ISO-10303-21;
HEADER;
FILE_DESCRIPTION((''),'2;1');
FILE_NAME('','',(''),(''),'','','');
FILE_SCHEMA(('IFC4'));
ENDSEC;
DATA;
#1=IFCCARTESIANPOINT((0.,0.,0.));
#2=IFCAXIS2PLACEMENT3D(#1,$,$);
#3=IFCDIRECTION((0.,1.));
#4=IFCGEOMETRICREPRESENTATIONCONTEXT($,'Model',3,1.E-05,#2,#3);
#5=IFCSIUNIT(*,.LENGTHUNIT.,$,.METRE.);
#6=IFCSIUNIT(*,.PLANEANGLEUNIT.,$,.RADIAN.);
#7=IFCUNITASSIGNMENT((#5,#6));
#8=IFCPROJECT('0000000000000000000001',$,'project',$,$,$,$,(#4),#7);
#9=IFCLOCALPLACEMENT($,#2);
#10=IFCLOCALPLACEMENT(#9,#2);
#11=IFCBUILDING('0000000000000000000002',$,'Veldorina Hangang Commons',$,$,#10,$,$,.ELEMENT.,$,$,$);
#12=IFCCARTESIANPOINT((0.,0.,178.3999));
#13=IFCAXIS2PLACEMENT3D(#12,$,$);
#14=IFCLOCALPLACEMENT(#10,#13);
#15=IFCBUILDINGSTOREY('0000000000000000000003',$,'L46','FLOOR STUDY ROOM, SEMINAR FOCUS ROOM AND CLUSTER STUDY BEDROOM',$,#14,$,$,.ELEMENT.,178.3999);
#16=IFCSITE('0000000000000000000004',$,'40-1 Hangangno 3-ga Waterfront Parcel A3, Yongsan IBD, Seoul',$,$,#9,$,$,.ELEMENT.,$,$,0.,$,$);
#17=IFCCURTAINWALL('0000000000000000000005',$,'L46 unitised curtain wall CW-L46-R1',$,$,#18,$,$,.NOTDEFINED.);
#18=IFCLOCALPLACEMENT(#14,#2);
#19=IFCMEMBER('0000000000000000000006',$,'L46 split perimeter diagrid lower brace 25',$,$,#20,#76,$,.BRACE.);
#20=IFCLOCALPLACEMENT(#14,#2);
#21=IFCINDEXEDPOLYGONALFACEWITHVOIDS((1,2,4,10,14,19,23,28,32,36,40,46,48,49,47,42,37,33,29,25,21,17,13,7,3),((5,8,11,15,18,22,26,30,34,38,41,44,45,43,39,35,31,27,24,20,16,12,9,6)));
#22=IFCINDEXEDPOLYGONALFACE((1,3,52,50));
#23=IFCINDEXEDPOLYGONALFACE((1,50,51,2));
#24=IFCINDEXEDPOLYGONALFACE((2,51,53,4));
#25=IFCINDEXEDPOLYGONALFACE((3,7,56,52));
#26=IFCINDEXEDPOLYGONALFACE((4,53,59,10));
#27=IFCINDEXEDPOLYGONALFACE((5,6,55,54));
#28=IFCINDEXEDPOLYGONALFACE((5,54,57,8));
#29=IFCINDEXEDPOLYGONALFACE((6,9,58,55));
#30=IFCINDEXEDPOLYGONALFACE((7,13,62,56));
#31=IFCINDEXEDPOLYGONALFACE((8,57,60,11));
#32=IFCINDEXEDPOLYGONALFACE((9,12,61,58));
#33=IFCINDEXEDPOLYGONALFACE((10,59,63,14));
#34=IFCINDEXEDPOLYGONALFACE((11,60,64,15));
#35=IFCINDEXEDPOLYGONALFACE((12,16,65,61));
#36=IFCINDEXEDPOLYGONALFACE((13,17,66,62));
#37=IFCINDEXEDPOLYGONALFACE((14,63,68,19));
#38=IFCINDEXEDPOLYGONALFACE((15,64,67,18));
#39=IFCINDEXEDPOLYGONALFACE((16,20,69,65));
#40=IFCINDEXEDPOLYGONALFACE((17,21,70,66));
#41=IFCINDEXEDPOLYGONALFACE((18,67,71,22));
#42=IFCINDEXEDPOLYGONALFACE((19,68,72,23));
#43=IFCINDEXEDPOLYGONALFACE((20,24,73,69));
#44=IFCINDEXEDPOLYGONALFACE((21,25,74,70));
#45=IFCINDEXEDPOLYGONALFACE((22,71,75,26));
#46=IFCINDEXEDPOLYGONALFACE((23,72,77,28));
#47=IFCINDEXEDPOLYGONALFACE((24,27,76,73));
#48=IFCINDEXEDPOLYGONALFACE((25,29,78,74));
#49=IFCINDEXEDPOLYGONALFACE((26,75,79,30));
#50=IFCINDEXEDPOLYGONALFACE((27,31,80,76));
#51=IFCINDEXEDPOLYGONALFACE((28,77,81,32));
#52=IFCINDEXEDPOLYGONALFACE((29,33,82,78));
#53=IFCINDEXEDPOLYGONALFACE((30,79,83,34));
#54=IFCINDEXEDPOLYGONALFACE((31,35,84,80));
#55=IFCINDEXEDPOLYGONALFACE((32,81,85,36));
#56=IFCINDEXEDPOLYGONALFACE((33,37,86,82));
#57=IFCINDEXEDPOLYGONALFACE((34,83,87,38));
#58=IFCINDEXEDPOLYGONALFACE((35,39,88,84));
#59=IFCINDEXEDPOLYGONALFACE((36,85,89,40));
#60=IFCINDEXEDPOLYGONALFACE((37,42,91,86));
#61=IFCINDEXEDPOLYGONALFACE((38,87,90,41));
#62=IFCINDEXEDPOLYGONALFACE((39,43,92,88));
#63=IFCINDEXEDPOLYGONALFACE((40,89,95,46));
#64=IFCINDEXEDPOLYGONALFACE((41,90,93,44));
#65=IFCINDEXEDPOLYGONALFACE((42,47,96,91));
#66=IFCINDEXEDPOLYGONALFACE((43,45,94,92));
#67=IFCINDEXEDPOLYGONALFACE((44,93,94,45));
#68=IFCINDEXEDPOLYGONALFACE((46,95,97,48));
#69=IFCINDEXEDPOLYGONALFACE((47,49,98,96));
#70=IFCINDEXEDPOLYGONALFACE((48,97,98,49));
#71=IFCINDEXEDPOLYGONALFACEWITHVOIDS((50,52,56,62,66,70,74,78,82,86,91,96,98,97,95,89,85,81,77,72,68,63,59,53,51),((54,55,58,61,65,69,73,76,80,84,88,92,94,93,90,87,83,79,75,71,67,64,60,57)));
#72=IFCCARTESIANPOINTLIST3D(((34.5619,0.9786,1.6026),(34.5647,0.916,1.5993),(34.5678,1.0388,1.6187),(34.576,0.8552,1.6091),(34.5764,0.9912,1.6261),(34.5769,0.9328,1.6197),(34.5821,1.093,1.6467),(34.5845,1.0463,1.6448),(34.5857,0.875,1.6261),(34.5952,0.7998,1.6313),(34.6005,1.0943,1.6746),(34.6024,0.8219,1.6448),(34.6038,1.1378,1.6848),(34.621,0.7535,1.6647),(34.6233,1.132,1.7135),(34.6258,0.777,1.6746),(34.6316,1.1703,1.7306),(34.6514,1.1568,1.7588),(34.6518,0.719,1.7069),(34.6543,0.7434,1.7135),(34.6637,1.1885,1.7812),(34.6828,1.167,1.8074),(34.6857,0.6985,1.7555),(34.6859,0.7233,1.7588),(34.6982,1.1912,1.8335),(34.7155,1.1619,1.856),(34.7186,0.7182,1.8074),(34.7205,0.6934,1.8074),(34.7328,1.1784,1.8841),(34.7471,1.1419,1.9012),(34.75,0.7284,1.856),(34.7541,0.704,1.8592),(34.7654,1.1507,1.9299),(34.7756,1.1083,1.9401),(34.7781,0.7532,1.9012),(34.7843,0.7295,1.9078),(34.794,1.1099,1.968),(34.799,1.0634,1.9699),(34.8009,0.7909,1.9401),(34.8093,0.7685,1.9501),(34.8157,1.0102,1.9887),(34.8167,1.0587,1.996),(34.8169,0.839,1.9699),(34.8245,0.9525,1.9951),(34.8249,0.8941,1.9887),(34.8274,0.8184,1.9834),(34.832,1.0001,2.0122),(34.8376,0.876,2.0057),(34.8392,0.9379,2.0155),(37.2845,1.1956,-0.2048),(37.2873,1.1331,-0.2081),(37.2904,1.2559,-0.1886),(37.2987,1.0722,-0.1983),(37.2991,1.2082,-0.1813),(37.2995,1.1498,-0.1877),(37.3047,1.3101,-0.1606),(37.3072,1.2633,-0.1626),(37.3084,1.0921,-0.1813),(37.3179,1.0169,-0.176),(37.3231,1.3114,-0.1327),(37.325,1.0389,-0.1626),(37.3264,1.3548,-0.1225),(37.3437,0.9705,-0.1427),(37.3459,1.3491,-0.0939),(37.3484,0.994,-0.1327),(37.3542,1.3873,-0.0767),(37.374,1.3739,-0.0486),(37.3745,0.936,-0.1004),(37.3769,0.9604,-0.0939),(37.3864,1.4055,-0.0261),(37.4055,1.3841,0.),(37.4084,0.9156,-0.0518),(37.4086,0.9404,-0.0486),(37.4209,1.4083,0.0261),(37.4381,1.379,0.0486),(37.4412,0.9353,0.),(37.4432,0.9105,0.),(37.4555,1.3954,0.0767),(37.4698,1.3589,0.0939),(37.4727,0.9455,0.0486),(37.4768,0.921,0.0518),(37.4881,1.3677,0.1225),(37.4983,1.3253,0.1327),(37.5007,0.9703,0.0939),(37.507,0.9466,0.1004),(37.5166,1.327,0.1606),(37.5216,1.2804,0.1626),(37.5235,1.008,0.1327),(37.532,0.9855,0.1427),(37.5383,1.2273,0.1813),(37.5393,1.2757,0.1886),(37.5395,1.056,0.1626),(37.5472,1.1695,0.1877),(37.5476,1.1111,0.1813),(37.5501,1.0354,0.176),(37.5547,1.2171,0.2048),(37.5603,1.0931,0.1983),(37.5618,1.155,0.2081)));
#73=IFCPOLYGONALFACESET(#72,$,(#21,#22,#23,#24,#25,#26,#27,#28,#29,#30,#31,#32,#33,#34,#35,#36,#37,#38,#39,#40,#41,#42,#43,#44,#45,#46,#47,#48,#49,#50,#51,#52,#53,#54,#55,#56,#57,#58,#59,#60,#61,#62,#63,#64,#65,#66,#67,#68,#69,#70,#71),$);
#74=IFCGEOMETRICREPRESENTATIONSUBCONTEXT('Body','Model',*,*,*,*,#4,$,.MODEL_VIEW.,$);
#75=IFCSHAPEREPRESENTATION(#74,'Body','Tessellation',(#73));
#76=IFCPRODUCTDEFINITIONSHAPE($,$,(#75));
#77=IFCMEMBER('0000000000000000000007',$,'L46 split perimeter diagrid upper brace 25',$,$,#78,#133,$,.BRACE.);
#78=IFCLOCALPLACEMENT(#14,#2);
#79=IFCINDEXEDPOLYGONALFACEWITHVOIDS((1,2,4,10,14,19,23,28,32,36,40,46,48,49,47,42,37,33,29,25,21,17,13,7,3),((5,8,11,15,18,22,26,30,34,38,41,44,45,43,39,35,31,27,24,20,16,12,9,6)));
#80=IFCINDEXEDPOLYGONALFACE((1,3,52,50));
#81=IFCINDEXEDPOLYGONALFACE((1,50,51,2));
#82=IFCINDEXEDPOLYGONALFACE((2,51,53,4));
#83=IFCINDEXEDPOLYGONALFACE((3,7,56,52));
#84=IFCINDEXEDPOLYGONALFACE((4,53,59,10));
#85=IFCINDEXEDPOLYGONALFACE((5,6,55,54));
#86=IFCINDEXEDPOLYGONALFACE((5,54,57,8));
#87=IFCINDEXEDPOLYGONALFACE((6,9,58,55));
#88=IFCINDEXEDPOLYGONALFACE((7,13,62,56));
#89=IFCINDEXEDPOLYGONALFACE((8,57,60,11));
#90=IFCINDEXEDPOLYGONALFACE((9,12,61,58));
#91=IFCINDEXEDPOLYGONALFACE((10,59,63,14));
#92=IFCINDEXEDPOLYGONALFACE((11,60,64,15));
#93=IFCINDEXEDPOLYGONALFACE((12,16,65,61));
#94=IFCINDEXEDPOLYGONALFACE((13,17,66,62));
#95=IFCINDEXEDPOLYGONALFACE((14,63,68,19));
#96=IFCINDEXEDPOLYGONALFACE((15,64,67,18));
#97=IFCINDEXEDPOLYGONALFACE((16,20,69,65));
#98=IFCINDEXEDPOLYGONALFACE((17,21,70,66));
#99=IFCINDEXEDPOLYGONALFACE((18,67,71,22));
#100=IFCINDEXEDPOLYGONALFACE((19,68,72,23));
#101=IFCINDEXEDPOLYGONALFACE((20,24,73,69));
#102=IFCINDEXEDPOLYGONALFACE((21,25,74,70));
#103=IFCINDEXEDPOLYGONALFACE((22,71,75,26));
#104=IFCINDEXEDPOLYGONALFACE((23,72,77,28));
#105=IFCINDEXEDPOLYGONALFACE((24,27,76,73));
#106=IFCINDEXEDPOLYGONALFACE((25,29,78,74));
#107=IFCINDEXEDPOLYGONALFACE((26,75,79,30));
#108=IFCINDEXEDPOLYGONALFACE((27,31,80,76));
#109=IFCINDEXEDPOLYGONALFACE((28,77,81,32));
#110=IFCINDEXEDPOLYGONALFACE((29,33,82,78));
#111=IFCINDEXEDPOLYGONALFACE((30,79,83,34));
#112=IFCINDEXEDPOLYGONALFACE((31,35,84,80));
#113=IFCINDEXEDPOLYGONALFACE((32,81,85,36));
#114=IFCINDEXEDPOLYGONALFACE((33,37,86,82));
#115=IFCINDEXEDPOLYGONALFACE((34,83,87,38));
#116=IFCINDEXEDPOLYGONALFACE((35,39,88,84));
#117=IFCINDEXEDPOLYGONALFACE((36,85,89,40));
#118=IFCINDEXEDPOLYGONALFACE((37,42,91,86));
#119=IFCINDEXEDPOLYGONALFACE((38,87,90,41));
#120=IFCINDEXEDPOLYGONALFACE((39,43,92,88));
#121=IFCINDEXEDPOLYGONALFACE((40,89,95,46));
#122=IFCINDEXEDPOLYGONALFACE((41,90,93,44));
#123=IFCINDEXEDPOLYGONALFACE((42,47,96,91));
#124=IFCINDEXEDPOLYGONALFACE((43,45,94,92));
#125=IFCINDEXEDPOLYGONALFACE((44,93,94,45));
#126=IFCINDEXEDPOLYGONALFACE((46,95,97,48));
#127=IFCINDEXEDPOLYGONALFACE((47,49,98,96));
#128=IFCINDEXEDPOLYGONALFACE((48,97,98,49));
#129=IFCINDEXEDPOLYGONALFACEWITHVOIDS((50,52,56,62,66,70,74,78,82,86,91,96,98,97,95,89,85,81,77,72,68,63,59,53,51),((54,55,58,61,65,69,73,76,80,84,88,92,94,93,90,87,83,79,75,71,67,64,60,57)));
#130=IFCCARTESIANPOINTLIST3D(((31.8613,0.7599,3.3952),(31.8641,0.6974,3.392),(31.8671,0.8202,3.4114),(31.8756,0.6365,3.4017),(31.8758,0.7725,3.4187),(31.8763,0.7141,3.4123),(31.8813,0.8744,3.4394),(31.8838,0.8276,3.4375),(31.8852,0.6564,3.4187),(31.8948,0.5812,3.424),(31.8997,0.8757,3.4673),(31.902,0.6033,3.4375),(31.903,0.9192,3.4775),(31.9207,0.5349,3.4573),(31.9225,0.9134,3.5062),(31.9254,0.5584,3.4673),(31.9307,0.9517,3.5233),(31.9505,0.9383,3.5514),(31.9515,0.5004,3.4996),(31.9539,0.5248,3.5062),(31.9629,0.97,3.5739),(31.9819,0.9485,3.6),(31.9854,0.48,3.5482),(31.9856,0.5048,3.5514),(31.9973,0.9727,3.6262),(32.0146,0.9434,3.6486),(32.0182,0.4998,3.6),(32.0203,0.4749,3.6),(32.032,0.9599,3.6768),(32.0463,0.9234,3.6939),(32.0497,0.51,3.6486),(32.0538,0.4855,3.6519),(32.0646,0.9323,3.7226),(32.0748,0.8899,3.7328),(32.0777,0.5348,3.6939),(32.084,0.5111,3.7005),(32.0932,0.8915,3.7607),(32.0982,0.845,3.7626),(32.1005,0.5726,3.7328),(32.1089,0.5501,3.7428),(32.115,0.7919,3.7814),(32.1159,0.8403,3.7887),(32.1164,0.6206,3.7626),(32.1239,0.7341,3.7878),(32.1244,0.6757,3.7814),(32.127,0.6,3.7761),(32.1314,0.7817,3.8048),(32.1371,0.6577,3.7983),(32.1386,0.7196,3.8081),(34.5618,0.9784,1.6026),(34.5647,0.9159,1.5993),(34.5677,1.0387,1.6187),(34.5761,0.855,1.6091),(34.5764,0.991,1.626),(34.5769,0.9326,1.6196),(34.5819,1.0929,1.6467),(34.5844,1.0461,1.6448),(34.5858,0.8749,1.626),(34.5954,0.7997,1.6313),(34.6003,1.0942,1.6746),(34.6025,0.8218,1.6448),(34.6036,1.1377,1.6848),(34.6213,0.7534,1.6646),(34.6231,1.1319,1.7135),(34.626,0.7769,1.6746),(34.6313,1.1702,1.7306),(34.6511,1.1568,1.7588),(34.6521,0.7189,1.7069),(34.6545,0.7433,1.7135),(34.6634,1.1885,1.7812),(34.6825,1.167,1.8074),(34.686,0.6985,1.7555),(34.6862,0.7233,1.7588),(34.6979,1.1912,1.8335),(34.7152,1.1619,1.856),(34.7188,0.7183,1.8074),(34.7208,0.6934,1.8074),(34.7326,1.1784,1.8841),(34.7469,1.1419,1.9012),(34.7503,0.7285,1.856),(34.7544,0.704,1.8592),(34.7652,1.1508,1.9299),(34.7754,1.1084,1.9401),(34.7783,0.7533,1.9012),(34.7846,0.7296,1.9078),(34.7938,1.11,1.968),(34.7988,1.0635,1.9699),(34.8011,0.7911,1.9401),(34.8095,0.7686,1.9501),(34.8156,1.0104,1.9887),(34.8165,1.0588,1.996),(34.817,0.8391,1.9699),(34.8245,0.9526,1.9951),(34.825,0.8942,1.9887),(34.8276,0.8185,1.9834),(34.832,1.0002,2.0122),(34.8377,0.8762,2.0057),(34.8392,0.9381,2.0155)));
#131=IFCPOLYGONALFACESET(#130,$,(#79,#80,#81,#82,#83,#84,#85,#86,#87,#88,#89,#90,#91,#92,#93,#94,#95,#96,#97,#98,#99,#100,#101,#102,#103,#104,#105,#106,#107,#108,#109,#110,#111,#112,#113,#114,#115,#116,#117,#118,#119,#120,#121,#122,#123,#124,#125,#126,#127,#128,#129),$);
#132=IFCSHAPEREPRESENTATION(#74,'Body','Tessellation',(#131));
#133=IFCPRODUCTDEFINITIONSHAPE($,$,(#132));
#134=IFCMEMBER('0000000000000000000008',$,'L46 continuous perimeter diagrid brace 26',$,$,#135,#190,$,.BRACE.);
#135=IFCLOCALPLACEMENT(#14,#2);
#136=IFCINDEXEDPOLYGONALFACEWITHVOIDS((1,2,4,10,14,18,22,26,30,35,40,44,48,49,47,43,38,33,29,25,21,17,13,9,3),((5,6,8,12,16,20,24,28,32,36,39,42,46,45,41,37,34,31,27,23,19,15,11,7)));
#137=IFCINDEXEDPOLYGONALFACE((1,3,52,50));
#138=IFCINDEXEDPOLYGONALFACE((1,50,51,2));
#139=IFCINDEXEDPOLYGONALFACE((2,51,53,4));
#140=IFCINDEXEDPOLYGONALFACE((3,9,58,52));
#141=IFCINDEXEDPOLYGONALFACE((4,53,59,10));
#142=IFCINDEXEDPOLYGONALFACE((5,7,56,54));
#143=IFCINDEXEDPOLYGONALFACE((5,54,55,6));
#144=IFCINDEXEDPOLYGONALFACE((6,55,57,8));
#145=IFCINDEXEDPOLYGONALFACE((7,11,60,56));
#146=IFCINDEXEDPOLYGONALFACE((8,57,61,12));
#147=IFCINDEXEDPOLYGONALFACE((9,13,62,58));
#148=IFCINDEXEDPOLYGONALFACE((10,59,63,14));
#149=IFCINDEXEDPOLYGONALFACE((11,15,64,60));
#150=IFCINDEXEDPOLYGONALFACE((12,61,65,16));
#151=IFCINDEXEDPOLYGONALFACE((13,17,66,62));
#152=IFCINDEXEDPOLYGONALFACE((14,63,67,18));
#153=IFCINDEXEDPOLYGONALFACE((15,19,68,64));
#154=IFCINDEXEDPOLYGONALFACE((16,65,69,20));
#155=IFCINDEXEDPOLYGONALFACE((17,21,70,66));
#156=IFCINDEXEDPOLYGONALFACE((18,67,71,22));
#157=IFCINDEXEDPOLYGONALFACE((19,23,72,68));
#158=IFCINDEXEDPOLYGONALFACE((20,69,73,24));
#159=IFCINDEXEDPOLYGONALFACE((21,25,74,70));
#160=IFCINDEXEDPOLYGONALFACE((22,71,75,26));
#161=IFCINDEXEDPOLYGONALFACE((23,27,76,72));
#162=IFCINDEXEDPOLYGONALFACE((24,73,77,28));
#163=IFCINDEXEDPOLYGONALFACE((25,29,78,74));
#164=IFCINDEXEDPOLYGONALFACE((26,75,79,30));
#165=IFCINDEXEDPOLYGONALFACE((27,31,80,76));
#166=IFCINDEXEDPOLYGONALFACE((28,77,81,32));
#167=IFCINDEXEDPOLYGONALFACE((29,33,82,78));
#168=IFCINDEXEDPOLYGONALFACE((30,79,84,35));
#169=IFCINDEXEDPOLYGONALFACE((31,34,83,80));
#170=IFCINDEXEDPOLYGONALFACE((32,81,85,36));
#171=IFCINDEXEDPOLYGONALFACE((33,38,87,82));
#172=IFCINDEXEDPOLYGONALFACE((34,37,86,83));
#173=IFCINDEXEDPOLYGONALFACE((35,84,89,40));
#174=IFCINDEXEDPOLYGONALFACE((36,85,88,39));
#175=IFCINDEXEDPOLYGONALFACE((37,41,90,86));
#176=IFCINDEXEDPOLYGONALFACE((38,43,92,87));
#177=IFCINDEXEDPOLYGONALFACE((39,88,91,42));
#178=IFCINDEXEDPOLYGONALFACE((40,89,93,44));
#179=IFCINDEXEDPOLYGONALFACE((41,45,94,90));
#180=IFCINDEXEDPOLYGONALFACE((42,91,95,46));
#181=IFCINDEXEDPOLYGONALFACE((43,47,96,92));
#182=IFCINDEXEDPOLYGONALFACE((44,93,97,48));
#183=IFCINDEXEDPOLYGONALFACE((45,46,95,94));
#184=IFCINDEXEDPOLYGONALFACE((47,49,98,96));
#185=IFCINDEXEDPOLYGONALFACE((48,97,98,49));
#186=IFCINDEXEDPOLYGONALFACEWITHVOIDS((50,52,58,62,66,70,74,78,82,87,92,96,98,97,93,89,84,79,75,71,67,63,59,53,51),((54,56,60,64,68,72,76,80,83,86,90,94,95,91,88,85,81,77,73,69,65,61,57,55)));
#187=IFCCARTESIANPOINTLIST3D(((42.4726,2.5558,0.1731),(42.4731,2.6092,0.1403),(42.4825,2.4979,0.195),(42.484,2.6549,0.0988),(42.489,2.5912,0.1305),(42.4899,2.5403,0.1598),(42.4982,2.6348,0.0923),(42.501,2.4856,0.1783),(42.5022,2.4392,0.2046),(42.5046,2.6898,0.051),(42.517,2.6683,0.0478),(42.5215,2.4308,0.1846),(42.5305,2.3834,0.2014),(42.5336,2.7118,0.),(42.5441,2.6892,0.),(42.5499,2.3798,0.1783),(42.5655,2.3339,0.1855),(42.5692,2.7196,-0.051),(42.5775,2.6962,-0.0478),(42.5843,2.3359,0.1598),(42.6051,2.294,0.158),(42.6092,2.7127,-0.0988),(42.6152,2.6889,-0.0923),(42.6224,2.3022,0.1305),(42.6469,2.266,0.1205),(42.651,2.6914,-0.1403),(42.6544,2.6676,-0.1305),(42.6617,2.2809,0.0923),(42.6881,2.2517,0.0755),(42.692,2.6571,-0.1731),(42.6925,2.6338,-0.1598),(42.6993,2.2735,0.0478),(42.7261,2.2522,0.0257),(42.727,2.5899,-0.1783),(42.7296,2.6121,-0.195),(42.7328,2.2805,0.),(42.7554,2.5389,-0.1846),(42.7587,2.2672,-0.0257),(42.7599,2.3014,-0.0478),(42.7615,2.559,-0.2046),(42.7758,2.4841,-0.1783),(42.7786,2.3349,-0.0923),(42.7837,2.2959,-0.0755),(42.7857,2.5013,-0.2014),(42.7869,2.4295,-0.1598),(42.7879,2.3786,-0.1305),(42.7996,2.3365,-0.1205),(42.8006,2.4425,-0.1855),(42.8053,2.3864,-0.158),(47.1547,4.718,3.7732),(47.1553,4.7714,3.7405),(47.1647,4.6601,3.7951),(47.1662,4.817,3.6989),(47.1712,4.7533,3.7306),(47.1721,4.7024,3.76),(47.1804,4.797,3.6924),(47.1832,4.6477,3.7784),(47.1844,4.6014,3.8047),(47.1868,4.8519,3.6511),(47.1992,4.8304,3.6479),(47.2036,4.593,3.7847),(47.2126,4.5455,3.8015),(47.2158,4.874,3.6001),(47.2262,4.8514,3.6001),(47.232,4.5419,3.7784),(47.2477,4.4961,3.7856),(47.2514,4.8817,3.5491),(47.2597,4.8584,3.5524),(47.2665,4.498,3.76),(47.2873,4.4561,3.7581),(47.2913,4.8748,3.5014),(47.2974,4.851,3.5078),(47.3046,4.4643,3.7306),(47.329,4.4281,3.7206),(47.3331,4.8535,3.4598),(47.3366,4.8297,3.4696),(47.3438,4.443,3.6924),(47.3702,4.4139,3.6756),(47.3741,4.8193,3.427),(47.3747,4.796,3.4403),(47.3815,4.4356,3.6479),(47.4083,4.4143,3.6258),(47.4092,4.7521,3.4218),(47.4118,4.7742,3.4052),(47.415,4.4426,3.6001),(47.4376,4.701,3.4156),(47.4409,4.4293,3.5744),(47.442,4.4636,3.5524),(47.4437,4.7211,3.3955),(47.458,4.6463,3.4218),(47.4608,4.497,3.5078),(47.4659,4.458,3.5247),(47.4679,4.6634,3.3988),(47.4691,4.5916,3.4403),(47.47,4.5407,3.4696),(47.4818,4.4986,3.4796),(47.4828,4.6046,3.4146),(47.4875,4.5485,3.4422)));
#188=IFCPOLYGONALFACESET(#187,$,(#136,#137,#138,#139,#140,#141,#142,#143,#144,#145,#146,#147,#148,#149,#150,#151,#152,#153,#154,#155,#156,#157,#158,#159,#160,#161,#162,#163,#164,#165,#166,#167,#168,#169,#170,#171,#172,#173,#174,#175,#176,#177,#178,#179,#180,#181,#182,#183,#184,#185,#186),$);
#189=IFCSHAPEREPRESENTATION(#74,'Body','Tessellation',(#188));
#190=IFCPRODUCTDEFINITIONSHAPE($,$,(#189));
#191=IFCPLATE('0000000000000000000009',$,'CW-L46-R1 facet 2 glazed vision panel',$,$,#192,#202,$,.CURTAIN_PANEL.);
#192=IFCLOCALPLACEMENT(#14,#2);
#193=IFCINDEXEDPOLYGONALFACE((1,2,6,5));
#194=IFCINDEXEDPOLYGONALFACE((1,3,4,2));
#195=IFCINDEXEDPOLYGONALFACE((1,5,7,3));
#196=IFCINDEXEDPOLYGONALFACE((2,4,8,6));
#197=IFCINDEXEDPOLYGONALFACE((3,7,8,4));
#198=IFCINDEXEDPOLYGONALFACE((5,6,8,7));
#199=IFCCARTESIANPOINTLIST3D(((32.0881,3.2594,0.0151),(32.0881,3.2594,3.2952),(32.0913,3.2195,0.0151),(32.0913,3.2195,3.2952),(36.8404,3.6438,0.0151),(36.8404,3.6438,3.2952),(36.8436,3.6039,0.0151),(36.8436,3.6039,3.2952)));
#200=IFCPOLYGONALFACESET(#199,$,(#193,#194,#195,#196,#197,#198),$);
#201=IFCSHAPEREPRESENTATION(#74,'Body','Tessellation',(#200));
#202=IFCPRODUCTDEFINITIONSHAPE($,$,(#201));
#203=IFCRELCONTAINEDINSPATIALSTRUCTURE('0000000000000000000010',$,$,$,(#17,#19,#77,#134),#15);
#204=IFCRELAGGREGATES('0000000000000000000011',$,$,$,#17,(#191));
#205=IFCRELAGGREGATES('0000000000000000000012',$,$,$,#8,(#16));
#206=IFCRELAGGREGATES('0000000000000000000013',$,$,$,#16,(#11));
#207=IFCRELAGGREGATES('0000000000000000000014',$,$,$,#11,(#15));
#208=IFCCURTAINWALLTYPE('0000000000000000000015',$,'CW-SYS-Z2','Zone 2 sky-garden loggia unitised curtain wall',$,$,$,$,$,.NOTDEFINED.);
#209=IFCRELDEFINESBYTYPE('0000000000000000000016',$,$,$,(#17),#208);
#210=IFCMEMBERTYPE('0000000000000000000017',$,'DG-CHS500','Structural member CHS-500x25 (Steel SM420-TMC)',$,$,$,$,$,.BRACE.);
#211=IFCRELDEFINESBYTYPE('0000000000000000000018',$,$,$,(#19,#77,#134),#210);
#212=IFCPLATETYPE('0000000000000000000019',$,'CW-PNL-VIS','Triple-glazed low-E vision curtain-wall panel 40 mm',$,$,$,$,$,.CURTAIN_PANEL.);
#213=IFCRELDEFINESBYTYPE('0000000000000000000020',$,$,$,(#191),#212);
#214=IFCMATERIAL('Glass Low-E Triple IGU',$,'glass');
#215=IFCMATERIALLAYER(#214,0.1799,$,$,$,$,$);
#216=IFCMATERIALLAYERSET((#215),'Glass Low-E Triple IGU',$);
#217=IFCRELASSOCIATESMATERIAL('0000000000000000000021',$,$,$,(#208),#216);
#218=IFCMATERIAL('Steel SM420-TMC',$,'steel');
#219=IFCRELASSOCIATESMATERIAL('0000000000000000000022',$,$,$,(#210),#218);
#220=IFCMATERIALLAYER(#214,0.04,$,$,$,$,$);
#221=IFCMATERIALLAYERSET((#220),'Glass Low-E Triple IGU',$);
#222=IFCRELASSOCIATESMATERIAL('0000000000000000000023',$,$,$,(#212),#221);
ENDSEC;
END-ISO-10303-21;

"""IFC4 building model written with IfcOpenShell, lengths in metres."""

from ifc_helpers import new_model, si_unit, direction, frame, origin, origin_2d, place, context, subcontext, project, spatial, rectangle, hollow_circle, extrude, material, layer, layer_set, material_profile, profile_set, type_object, element, aggregate, save


model = new_model("IFC4")

# Units and contexts
model_context = context("Model", 3, precision=1e-05, world=origin(), true_north=direction((0.0, 1.0)))
body_context = subcontext(model_context, "Body", "Model", "MODEL_VIEW")
ifc_project = project(units=[si_unit("LENGTHUNIT", "METRE"), si_unit("PLANEANGLEUNIT", "RADIAN")], contexts=[model_context])

# Site, building, storey
site_placement = place(None, origin())
site = spatial("IfcSite", under=ifc_project, at=site_placement, Name="40-1 Hangangno 3-ga Waterfront Parcel A3, Yongsan IBD, Seoul", CompositionType="ELEMENT", RefElevation=0.0)
building_placement = place(site_placement, origin())
building = spatial("IfcBuilding", under=site, at=building_placement, Name="Veldorina Hangang Commons", CompositionType="ELEMENT")
storey_placement = place(building_placement, frame((0.0, 0.0, 178.3999)))
storey = spatial("IfcBuildingStorey", under=building, at=storey_placement, Name="L46", Description="FLOOR STUDY ROOM, SEMINAR FOCUS ROOM AND CLUSTER STUDY BEDROOM", CompositionType="ELEMENT", Elevation=178.3999)

# Shared definitions
ifc_material_1 = material(Name="Steel SM420-TMC", Category="steel")

# Curtain wall
ifc_material_2 = material(Name="Glass Low-E Triple IGU", Category="glass")
ifc_layer_1 = layer(ifc_material_2, 0.1799)
ifc_layer_set_1 = layer_set([ifc_layer_1], Name="Glass Low-E Triple IGU")
curtain_wall_type = type_object("IfcCurtainWallType", Name="CW-SYS-Z2", Description="Zone 2 sky-garden loggia unitised curtain wall", PredefinedType="NOTDEFINED", material=ifc_layer_set_1)
curtain_wall_placement = place(storey_placement, origin())
curtain_wall = element("IfcCurtainWall", 1, at=curtain_wall_placement, inside=storey, type_object=curtain_wall_type, Name="L46 unitised curtain wall CW-L46-R1", PredefinedType="NOTDEFINED")

# Members
ifc_material_profile_1 = material_profile(ifc_material_1, hollow_circle(Radius=0.25, WallThickness=0.0249, at=origin_2d()), Name="CHS-500x25")
ifc_profile_set_1 = profile_set([ifc_material_profile_1], Name="Steel SM420-TMC")
member_type_1 = type_object("IfcMemberType", Name="DG-CHS500", Description="Structural member CHS-500x25 (Steel SM420-TMC)", PredefinedType="BRACE", material=ifc_profile_set_1)
member_1_placement = place(storey_placement, frame((37.4233, 1.1597, 0.0), z_axis=(-0.831309, -0.066269, 0.551846), x_axis=(0.079465, -0.996838, 0.0)))
element("IfcMember", 2, at=member_1_placement, inside=storey, type_object=member_type_1, Name="L46 split perimeter diagrid lower brace 25", PredefinedType="BRACE", context=body_context, shape_type="SweptSolid", body=[
    extrude(hollow_circle(Radius=0.25, WallThickness=0.0249, at=origin_2d()), origin(), (0.0, 0.0, 1.0), 3.2751),
])
member_2_placement = place(storey_placement, frame((34.7007, 0.9426, 1.8074), z_axis=(-0.831263, -0.067256, 0.551796), x_axis=(0.080644, -0.996743, 0.0)))
element("IfcMember", 3, at=member_2_placement, inside=storey, type_object=member_type_1, Name="L46 split perimeter diagrid upper brace 25", PredefinedType="BRACE", context=body_context, shape_type="SweptSolid", body=[
    extrude(hollow_circle(Radius=0.25, WallThickness=0.0249, at=origin_2d()), origin(), (0.0, 0.0, 1.0), 3.2488),
])
member_3_placement = place(storey_placement, frame((42.6384, 2.4849, 0.0), z_axis=(0.744436, 0.343765, 0.572398), x_axis=(-0.419238, 0.907876, 0.0)))
element("IfcMember", 4, at=member_3_placement, inside=storey, type_object=member_type_1, Name="L46 continuous perimeter diagrid brace 26", PredefinedType="BRACE", context=body_context, shape_type="SweptSolid", body=[
    extrude(hollow_circle(Radius=0.25, WallThickness=0.0249, at=origin_2d()), origin(), (0.0, 0.0, 1.0), 6.2896),
])

# Plate
ifc_layer_2 = layer(ifc_material_2, 0.04)
ifc_layer_set_2 = layer_set([ifc_layer_2], Name="Glass Low-E Triple IGU")
plate_type_1 = type_object("IfcPlateType", Name="CW-PNL-VIS", Description="Triple-glazed low-E vision curtain-wall panel 40 mm", PredefinedType="CURTAIN_PANEL", material=ifc_layer_set_2)
plate_1_placement = place(storey_placement, frame((34.4658, 3.4316, 0.0151), z_axis=(0.0, 0.0, 1.0), x_axis=(0.996744, 0.080634, 0.0)))
plate_1 = element("IfcPlate", 5, at=plate_1_placement, type_object=plate_type_1, Name="CW-L46-R1 facet 2 glazed vision panel", PredefinedType="CURTAIN_PANEL", context=body_context, shape_type="SweptSolid", body=[
    extrude(rectangle(XDim=4.7678, YDim=0.04, at=origin_2d()), origin(), (0.0, 0.0, 1.0), 3.28),
])
aggregate(curtain_wall, [plate_1])

save(model, "model.ifc")
